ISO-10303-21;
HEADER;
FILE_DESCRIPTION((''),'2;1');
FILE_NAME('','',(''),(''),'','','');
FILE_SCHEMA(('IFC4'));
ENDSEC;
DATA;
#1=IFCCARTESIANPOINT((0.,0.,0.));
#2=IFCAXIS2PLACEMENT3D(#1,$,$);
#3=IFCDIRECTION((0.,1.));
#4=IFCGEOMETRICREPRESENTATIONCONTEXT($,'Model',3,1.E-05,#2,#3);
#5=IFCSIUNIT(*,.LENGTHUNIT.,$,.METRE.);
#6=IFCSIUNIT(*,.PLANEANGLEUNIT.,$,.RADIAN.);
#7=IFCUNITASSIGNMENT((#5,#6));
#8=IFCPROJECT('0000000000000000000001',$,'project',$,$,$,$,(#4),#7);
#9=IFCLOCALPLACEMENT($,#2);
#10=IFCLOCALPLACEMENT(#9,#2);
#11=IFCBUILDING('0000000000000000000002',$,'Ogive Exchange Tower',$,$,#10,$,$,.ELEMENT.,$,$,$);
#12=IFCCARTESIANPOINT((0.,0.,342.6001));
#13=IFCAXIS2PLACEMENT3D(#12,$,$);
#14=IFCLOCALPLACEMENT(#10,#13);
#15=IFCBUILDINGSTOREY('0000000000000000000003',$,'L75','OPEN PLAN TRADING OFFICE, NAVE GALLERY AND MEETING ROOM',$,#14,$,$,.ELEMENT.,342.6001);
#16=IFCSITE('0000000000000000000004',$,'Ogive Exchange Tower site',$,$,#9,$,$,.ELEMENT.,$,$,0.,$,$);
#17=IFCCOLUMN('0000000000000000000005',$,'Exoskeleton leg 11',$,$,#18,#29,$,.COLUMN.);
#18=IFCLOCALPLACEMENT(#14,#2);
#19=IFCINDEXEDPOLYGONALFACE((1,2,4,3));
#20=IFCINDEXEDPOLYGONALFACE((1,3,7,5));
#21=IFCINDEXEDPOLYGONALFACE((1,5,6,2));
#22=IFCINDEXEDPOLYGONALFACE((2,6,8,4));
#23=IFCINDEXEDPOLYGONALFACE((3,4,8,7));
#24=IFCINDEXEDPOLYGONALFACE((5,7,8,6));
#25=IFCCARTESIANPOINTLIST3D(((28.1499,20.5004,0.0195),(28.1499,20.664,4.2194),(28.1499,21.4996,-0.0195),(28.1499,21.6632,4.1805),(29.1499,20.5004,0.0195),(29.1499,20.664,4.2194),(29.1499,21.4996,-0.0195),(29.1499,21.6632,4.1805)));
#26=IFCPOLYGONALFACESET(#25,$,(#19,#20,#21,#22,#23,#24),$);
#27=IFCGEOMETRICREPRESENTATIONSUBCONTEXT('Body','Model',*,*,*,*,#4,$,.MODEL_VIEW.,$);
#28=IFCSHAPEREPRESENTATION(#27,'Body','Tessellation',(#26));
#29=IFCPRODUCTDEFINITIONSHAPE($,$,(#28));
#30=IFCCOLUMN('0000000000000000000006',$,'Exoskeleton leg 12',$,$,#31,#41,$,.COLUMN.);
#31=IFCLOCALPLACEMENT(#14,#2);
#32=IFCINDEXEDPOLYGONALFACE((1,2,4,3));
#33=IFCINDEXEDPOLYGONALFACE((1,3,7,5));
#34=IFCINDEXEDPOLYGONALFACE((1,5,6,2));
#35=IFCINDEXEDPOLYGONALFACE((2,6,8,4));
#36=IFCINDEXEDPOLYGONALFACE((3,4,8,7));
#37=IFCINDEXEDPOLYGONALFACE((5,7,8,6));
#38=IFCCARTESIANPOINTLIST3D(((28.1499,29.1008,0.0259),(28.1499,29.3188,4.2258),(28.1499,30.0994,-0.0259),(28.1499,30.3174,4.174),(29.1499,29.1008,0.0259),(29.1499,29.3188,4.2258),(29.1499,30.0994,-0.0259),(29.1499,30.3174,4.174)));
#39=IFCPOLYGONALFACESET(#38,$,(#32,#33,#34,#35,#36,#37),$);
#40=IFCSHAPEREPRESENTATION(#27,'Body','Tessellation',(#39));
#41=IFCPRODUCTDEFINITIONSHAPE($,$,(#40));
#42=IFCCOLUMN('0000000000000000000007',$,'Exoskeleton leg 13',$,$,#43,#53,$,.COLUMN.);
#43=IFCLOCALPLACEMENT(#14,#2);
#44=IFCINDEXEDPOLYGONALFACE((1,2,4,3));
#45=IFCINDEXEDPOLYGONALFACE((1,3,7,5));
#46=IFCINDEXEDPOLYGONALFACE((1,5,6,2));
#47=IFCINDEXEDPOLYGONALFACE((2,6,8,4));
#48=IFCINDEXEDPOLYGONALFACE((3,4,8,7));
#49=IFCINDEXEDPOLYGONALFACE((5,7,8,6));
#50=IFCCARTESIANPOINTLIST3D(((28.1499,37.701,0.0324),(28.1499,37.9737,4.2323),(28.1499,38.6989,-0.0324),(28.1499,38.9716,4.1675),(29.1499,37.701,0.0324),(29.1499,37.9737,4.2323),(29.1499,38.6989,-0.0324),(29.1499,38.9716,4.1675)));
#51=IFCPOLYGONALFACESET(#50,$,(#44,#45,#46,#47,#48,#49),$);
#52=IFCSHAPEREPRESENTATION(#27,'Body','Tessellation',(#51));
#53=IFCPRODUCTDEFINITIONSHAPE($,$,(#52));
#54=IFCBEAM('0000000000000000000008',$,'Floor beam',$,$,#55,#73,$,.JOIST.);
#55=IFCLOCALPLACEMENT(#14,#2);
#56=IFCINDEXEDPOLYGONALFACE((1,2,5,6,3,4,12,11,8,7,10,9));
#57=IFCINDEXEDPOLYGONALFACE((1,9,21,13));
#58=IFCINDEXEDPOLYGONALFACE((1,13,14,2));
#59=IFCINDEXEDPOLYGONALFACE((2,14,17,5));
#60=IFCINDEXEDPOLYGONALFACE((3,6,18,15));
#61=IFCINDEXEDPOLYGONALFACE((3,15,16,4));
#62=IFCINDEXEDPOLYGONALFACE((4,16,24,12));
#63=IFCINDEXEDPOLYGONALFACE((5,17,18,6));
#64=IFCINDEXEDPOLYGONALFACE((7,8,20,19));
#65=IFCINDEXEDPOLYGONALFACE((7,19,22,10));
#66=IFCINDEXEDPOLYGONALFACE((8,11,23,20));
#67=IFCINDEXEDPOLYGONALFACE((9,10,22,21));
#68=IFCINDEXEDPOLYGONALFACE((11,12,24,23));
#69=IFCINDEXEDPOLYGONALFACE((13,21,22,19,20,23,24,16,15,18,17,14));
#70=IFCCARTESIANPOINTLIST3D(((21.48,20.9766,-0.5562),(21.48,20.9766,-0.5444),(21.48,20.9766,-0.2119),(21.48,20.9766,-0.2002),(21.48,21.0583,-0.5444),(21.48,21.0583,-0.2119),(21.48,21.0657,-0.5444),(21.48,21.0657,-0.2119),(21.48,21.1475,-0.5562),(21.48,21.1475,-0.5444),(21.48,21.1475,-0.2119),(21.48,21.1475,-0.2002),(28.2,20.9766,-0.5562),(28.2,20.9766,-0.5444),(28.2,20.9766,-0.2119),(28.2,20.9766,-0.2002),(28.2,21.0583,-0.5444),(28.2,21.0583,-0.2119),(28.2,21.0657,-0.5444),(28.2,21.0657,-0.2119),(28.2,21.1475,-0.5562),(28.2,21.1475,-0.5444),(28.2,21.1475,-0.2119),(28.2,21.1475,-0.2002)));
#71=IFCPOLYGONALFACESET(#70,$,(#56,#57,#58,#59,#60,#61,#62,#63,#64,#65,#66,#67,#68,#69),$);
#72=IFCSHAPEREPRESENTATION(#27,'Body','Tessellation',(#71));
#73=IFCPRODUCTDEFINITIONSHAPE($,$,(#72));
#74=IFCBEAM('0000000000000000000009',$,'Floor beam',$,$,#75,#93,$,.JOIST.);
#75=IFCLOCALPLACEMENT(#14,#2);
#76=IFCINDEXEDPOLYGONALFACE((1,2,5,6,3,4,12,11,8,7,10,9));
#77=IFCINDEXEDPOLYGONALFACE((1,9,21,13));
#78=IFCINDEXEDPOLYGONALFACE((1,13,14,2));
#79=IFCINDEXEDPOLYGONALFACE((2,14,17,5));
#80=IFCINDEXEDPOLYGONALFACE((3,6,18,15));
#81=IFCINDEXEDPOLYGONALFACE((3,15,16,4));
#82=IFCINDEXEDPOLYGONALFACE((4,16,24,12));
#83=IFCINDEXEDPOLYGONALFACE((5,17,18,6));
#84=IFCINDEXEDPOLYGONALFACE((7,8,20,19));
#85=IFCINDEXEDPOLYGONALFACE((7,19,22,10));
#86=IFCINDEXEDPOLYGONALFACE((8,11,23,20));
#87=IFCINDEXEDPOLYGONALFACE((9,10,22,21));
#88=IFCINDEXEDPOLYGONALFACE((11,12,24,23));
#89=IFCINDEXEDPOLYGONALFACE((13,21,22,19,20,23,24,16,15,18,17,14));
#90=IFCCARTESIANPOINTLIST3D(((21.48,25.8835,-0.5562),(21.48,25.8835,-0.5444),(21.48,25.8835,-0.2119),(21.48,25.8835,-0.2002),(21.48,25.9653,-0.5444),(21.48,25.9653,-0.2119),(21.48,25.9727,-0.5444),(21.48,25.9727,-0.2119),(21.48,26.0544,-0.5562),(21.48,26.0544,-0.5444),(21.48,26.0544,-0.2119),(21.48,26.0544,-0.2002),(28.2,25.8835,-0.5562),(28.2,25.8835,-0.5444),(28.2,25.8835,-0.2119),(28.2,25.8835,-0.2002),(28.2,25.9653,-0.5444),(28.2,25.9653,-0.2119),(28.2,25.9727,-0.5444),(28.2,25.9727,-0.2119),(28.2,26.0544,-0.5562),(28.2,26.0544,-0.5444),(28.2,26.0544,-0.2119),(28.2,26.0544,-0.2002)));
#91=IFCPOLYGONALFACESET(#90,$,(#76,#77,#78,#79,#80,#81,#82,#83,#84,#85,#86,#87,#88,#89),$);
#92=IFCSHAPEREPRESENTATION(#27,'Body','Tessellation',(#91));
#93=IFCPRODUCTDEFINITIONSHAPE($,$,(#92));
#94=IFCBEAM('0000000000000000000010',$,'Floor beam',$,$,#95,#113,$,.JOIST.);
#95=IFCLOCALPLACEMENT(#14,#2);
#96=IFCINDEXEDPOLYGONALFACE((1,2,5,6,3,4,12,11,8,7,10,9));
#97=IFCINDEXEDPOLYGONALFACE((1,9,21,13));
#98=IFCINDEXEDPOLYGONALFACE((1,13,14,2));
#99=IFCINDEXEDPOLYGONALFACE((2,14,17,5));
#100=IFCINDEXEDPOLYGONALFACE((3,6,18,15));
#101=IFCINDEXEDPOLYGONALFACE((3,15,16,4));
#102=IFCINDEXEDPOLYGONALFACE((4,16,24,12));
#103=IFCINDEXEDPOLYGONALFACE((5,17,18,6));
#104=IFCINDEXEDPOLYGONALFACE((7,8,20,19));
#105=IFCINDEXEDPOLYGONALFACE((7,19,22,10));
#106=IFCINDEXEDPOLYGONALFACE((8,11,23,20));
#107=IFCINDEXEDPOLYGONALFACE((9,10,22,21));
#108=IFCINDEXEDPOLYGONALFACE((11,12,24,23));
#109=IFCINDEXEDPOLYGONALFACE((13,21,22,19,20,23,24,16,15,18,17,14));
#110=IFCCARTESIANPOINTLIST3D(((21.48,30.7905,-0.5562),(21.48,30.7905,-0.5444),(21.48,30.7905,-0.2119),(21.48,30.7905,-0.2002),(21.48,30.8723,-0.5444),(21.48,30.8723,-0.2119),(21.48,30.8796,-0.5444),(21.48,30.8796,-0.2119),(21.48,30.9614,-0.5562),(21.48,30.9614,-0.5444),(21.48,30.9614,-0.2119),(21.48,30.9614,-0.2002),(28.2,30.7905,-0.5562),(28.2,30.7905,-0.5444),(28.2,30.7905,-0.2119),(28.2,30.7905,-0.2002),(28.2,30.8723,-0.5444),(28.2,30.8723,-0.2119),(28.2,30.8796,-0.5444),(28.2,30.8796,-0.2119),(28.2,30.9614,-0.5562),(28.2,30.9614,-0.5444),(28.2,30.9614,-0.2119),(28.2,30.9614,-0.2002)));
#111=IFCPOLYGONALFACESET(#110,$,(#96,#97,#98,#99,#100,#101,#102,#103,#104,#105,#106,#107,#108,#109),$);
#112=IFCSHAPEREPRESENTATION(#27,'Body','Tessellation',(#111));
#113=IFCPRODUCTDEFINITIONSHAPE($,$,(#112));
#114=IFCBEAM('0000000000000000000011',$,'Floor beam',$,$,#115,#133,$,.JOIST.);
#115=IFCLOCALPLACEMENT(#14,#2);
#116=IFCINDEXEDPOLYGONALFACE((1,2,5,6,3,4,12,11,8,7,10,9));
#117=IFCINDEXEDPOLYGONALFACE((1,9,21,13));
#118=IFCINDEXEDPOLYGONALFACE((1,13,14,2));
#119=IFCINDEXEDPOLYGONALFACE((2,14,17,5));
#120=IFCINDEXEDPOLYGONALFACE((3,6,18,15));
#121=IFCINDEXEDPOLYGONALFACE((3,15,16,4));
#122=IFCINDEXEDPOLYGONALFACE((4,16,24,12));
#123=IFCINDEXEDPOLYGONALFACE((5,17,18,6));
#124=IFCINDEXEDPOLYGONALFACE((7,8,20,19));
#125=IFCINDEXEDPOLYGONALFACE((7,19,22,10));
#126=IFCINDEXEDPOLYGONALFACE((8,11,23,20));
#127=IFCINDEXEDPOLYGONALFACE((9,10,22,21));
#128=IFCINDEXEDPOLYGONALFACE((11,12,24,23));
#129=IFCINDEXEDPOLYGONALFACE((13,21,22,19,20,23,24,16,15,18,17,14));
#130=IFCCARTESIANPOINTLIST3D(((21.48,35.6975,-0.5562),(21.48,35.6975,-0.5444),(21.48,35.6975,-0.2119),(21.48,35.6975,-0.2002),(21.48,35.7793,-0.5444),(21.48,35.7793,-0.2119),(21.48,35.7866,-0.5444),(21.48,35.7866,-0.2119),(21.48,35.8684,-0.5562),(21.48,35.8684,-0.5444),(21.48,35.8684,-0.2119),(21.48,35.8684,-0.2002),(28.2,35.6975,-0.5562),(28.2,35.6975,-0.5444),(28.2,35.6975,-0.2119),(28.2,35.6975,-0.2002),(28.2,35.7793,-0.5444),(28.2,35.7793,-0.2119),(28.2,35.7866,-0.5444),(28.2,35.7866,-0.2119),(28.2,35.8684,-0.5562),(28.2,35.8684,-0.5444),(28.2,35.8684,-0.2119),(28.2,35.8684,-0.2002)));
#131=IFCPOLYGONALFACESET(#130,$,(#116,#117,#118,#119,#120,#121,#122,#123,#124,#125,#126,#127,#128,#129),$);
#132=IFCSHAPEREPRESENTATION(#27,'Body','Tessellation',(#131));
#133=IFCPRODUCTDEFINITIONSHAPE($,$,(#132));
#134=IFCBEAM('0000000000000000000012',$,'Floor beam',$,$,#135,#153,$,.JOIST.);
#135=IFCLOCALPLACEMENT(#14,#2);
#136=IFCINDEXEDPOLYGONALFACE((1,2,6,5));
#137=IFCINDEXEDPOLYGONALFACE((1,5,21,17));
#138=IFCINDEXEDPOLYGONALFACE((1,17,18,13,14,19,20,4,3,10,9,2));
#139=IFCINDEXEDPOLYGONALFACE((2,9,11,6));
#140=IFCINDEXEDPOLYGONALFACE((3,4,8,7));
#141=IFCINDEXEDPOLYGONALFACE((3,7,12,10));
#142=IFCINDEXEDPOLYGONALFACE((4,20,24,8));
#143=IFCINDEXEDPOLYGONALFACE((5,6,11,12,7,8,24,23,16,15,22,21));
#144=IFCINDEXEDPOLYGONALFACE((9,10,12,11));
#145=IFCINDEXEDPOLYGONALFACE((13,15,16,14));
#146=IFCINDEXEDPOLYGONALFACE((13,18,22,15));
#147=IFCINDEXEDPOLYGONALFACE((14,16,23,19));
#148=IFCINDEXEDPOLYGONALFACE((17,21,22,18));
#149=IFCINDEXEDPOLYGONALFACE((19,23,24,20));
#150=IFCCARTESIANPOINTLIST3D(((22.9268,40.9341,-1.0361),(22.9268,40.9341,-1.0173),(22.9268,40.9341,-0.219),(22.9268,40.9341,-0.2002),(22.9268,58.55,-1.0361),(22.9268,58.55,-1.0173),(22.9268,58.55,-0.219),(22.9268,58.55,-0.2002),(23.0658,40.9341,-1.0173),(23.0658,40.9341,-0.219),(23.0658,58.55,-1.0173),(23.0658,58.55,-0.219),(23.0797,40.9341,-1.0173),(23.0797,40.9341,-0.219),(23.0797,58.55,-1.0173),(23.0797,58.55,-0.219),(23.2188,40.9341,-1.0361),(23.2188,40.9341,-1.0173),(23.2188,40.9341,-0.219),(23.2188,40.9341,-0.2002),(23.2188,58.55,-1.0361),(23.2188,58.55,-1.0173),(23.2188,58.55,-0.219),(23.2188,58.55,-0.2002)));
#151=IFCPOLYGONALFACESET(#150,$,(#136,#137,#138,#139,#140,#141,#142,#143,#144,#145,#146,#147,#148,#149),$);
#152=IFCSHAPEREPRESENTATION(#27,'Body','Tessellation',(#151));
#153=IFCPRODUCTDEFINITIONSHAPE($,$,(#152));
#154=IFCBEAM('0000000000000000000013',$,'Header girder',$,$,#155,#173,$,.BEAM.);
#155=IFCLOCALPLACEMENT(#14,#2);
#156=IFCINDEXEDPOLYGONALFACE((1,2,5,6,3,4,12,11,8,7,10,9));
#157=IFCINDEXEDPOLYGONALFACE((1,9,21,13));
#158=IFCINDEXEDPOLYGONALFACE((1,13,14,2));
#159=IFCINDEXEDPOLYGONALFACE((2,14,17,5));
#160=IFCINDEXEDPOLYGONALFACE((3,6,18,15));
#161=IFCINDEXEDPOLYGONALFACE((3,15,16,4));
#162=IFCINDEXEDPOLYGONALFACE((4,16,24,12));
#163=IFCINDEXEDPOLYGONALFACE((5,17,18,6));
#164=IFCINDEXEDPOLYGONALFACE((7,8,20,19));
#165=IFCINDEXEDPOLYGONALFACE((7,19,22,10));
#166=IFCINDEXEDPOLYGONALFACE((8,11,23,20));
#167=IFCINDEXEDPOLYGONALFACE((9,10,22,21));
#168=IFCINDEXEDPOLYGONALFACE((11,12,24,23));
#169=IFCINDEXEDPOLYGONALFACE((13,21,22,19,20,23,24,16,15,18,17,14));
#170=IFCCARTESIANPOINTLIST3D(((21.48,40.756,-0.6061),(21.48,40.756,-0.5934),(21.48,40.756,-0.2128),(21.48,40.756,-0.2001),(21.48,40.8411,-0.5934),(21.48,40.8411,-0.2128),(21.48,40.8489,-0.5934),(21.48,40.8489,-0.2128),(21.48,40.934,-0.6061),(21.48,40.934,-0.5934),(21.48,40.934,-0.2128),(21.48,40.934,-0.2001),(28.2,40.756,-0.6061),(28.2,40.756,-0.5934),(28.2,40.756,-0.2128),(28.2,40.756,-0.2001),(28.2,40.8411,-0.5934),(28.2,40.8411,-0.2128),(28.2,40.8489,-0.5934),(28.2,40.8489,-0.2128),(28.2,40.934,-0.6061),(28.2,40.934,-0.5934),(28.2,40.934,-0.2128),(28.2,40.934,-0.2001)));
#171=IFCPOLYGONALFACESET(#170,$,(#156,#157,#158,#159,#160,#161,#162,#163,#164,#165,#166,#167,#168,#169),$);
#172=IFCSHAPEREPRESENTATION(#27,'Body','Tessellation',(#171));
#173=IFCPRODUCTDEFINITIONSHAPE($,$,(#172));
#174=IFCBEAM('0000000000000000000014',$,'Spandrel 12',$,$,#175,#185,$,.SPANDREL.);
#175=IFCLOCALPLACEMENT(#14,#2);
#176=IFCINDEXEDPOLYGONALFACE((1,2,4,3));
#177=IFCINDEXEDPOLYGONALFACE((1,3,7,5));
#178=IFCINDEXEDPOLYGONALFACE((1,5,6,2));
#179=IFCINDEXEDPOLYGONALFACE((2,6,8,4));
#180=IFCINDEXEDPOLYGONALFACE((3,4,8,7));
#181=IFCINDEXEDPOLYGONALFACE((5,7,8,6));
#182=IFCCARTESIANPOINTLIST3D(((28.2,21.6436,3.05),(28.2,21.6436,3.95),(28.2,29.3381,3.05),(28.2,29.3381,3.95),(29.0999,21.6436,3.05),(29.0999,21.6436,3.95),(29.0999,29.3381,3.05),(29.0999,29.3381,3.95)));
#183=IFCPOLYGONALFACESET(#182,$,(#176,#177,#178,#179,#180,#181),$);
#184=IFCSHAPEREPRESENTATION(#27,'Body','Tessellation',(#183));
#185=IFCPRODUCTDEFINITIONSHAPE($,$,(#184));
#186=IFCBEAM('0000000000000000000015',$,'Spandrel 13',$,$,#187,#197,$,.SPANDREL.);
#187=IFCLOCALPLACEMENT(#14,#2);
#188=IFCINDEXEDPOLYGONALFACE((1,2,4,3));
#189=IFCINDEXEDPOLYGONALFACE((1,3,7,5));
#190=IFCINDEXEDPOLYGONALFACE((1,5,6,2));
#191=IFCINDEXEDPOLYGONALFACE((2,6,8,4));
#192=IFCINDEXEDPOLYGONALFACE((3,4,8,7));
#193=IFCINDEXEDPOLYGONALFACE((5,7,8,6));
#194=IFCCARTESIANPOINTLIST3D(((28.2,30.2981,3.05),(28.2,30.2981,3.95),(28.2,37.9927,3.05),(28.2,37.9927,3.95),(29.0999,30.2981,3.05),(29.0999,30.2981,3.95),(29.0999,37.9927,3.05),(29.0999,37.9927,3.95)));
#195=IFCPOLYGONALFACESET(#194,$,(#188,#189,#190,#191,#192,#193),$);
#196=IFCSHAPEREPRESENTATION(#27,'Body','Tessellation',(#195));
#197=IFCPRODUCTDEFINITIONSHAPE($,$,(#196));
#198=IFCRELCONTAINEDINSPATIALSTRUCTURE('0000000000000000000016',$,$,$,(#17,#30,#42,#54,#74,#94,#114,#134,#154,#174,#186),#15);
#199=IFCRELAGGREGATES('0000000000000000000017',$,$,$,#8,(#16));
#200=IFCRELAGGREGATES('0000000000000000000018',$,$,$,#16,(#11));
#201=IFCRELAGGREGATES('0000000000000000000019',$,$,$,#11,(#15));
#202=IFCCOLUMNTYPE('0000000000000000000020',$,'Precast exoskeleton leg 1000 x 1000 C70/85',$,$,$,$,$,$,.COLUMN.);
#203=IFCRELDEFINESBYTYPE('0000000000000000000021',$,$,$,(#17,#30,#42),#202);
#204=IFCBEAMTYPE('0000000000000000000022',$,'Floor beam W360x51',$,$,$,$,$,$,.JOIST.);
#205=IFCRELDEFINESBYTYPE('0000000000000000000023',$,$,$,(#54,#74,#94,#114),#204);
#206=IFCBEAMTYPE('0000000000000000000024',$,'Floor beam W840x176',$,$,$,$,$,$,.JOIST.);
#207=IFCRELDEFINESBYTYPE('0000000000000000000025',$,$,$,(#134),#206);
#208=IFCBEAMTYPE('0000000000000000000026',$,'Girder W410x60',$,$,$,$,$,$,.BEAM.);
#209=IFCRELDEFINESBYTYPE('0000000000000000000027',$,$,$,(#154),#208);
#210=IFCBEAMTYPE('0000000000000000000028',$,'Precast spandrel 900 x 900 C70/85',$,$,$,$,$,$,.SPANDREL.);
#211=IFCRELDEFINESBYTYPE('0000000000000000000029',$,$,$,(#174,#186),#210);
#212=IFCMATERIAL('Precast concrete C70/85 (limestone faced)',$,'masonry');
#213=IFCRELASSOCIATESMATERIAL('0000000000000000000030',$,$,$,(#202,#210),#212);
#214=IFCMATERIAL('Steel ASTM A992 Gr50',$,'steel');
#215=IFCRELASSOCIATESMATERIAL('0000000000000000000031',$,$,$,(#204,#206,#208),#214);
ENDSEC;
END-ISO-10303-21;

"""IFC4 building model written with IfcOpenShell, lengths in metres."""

from ifc_helpers import new_model, si_unit, direction, frame, origin, origin_2d, place, context, subcontext, project, spatial, rectangle, i_section, extrude, material, material_profile, profile_set, type_object, element, save


model = new_model("IFC4")

# Units and contexts
model_context = context("Model", 3, precision=1e-05, world=origin(), true_north=direction((0.0, 1.0)))
body_context = subcontext(model_context, "Body", "Model", "MODEL_VIEW")
ifc_project = project(units=[si_unit("LENGTHUNIT", "METRE"), si_unit("PLANEANGLEUNIT", "RADIAN")], contexts=[model_context])

# Site, building, storey
site_placement = place(None, origin())
site = spatial("IfcSite", under=ifc_project, at=site_placement, Name="Ogive Exchange Tower site", CompositionType="ELEMENT", RefElevation=0.0)
building_placement = place(site_placement, origin())
building = spatial("IfcBuilding", under=site, at=building_placement, Name="Ogive Exchange Tower", CompositionType="ELEMENT")
storey_placement = place(building_placement, frame((0.0, 0.0, 342.6001)))
storey = spatial("IfcBuildingStorey", under=building, at=storey_placement, Name="L75", Description="OPEN PLAN TRADING OFFICE, NAVE GALLERY AND MEETING ROOM", CompositionType="ELEMENT", Elevation=342.6001)

# Columns
ifc_material_1 = material(Name="Precast concrete C70/85 (limestone faced)", Category="masonry")
ifc_material_profile_1 = material_profile(ifc_material_1, rectangle(XDim=1.0, YDim=1.0, at=origin_2d()), Name="1000 x 1000")
ifc_profile_set_1 = profile_set([ifc_material_profile_1], Name="Precast concrete C70/85 (limestone faced)")
column_type = type_object("IfcColumnType", Name="Precast exoskeleton leg 1000 x 1000 C70/85", PredefinedType="COLUMN", material=ifc_profile_set_1)
column_1_placement = place(storey_placement, frame((28.6499, 21.0, 0.0), z_axis=(0.0, 0.038917, 0.999242), x_axis=(-1.0, 0.0, 0.0)))
element("IfcColumn", 1, at=column_1_placement, inside=storey, type_object=column_type, Name="Exoskeleton leg 11", PredefinedType="COLUMN", context=body_context, shape_type="SweptSolid", body=[
    extrude(rectangle(XDim=1.0, YDim=1.0, at=origin_2d()), origin(), (0.0, 0.0, 1.0), 4.2031),
])
column_2_placement = place(storey_placement, frame((28.6499, 29.6001, 0.0), z_axis=(0.0, 0.05184, 0.998655), x_axis=(-1.0, 0.0, 0.0)))
element("IfcColumn", 2, at=column_2_placement, inside=storey, type_object=column_type, Name="Exoskeleton leg 12", PredefinedType="COLUMN", context=body_context, shape_type="SweptSolid", body=[
    extrude(rectangle(XDim=1.0, YDim=1.0, at=origin_2d()), origin(), (0.0, 0.0, 1.0), 4.2056),
])
column_3_placement = place(storey_placement, frame((28.6499, 38.2, 0.0), z_axis=(0.0, 0.064794, 0.997899), x_axis=(-1.0, 0.0, 0.0)))
element("IfcColumn", 3, at=column_3_placement, inside=storey, type_object=column_type, Name="Exoskeleton leg 13", PredefinedType="COLUMN", context=body_context, shape_type="SweptSolid", body=[
    extrude(rectangle(XDim=1.0, YDim=1.0, at=origin_2d()), origin(), (0.0, 0.0, 1.0), 4.2087),
])

# Beams
ifc_material_2 = material(Name="Steel ASTM A992 Gr50", Category="steel")
ifc_material_profile_2 = material_profile(ifc_material_2, i_section(OverallWidth=0.1709, OverallDepth=0.356, WebThickness=0.0073, FlangeThickness=0.0117, at=origin_2d()), Name="W360x51")
ifc_profile_set_2 = profile_set([ifc_material_profile_2], Name="Steel ASTM A992 Gr50")
beam_type_1 = type_object("IfcBeamType", Name="Floor beam W360x51", PredefinedType="JOIST", material=ifc_profile_set_2)
for number, where, z_axis, x_axis, name in (
    (4, (21.48, 21.062, -0.3782), (1.0, 0.0, 0.0), (0.0, 1.0, 0.0), "Floor beam"),
    (5, (21.48, 25.969, -0.3782), (1.0, 0.0, 0.0), (0.0, 1.0, 0.0), "Floor beam"),
    (6, (21.48, 30.876, -0.3782), (1.0, 0.0, 0.0), (0.0, 1.0, 0.0), "Floor beam"),
    (7, (21.48, 35.783, -0.3782), (1.0, 0.0, 0.0), (0.0, 1.0, 0.0), "Floor beam"),
):
    element("IfcBeam", number, at=place(storey_placement, frame(where, z_axis=z_axis, x_axis=x_axis)), inside=storey, type_object=beam_type_1, Name=name, PredefinedType="JOIST", context=body_context, shape_type="SweptSolid", body=[
        extrude(i_section(OverallWidth=0.1709, OverallDepth=0.356, WebThickness=0.0073, FlangeThickness=0.0117, at=origin_2d()), origin(), (0.0, 0.0, 1.0), 6.72),
    ])
ifc_material_profile_3 = material_profile(ifc_material_2, i_section(OverallWidth=0.292, OverallDepth=0.8359, WebThickness=0.0139, FlangeThickness=0.0188, at=origin_2d()), Name="W840x176")
ifc_profile_set_3 = profile_set([ifc_material_profile_3], Name="Steel ASTM A992 Gr50")
beam_type_2 = type_object("IfcBeamType", Name="Floor beam W840x176", PredefinedType="JOIST", material=ifc_profile_set_3)
beam_1_placement = place(storey_placement, frame((23.0728, 40.9341, -0.6182), z_axis=(0.0, 1.0, 0.0), x_axis=(-1.0, 0.0, 0.0)))
element("IfcBeam", 8, at=beam_1_placement, inside=storey, type_object=beam_type_2, Name="Floor beam", PredefinedType="JOIST", context=body_context, shape_type="SweptSolid", body=[
    extrude(i_section(OverallWidth=0.292, OverallDepth=0.8359, WebThickness=0.0139, FlangeThickness=0.0188, at=origin_2d()), origin(), (0.0, 0.0, 1.0), 17.616),
])
ifc_material_profile_4 = material_profile(ifc_material_2, i_section(OverallWidth=0.178, OverallDepth=0.406, WebThickness=0.0078, FlangeThickness=0.0127, at=origin_2d()), Name="W410x60")
ifc_profile_set_4 = profile_set([ifc_material_profile_4], Name="Steel ASTM A992 Gr50")
beam_type_3 = type_object("IfcBeamType", Name="Girder W410x60", PredefinedType="BEAM", material=ifc_profile_set_4)
beam_2_placement = place(storey_placement, frame((21.48, 40.845, -0.4031), z_axis=(1.0, 0.0, 0.0), x_axis=(0.0, 1.0, 0.0)))
element("IfcBeam", 9, at=beam_2_placement, inside=storey, type_object=beam_type_3, Name="Header girder", PredefinedType="BEAM", context=body_context, shape_type="SweptSolid", body=[
    extrude(i_section(OverallWidth=0.178, OverallDepth=0.406, WebThickness=0.0078, FlangeThickness=0.0127, at=origin_2d()), origin(), (0.0, 0.0, 1.0), 6.72),
])
ifc_material_profile_5 = material_profile(ifc_material_1, rectangle(XDim=0.8999, YDim=0.8999, at=origin_2d()), Name="900 x 900")
ifc_profile_set_5 = profile_set([ifc_material_profile_5], Name="Precast concrete C70/85 (limestone faced)")
beam_type_4 = type_object("IfcBeamType", Name="Precast spandrel 900 x 900 C70/85", PredefinedType="SPANDREL", material=ifc_profile_set_5)
for number, where, z_axis, x_axis, name in (
    (10, (28.6499, 21.6436, 3.5), (0.0, 1.0, 0.0), (-1.0, 0.0, 0.0), "Spandrel 12"),
    (11, (28.6499, 30.2981, 3.5), (0.0, 1.0, 0.0), (-1.0, 0.0, 0.0), "Spandrel 13"),
):
    element("IfcBeam", number, at=place(storey_placement, frame(where, z_axis=z_axis, x_axis=x_axis)), inside=storey, type_object=beam_type_4, Name=name, PredefinedType="SPANDREL", context=body_context, shape_type="SweptSolid", body=[
        extrude(rectangle(XDim=0.8999, YDim=0.8999, at=origin_2d()), origin(), (0.0, 0.0, 1.0), 7.6946),
    ])

save(model, "model.ifc")
